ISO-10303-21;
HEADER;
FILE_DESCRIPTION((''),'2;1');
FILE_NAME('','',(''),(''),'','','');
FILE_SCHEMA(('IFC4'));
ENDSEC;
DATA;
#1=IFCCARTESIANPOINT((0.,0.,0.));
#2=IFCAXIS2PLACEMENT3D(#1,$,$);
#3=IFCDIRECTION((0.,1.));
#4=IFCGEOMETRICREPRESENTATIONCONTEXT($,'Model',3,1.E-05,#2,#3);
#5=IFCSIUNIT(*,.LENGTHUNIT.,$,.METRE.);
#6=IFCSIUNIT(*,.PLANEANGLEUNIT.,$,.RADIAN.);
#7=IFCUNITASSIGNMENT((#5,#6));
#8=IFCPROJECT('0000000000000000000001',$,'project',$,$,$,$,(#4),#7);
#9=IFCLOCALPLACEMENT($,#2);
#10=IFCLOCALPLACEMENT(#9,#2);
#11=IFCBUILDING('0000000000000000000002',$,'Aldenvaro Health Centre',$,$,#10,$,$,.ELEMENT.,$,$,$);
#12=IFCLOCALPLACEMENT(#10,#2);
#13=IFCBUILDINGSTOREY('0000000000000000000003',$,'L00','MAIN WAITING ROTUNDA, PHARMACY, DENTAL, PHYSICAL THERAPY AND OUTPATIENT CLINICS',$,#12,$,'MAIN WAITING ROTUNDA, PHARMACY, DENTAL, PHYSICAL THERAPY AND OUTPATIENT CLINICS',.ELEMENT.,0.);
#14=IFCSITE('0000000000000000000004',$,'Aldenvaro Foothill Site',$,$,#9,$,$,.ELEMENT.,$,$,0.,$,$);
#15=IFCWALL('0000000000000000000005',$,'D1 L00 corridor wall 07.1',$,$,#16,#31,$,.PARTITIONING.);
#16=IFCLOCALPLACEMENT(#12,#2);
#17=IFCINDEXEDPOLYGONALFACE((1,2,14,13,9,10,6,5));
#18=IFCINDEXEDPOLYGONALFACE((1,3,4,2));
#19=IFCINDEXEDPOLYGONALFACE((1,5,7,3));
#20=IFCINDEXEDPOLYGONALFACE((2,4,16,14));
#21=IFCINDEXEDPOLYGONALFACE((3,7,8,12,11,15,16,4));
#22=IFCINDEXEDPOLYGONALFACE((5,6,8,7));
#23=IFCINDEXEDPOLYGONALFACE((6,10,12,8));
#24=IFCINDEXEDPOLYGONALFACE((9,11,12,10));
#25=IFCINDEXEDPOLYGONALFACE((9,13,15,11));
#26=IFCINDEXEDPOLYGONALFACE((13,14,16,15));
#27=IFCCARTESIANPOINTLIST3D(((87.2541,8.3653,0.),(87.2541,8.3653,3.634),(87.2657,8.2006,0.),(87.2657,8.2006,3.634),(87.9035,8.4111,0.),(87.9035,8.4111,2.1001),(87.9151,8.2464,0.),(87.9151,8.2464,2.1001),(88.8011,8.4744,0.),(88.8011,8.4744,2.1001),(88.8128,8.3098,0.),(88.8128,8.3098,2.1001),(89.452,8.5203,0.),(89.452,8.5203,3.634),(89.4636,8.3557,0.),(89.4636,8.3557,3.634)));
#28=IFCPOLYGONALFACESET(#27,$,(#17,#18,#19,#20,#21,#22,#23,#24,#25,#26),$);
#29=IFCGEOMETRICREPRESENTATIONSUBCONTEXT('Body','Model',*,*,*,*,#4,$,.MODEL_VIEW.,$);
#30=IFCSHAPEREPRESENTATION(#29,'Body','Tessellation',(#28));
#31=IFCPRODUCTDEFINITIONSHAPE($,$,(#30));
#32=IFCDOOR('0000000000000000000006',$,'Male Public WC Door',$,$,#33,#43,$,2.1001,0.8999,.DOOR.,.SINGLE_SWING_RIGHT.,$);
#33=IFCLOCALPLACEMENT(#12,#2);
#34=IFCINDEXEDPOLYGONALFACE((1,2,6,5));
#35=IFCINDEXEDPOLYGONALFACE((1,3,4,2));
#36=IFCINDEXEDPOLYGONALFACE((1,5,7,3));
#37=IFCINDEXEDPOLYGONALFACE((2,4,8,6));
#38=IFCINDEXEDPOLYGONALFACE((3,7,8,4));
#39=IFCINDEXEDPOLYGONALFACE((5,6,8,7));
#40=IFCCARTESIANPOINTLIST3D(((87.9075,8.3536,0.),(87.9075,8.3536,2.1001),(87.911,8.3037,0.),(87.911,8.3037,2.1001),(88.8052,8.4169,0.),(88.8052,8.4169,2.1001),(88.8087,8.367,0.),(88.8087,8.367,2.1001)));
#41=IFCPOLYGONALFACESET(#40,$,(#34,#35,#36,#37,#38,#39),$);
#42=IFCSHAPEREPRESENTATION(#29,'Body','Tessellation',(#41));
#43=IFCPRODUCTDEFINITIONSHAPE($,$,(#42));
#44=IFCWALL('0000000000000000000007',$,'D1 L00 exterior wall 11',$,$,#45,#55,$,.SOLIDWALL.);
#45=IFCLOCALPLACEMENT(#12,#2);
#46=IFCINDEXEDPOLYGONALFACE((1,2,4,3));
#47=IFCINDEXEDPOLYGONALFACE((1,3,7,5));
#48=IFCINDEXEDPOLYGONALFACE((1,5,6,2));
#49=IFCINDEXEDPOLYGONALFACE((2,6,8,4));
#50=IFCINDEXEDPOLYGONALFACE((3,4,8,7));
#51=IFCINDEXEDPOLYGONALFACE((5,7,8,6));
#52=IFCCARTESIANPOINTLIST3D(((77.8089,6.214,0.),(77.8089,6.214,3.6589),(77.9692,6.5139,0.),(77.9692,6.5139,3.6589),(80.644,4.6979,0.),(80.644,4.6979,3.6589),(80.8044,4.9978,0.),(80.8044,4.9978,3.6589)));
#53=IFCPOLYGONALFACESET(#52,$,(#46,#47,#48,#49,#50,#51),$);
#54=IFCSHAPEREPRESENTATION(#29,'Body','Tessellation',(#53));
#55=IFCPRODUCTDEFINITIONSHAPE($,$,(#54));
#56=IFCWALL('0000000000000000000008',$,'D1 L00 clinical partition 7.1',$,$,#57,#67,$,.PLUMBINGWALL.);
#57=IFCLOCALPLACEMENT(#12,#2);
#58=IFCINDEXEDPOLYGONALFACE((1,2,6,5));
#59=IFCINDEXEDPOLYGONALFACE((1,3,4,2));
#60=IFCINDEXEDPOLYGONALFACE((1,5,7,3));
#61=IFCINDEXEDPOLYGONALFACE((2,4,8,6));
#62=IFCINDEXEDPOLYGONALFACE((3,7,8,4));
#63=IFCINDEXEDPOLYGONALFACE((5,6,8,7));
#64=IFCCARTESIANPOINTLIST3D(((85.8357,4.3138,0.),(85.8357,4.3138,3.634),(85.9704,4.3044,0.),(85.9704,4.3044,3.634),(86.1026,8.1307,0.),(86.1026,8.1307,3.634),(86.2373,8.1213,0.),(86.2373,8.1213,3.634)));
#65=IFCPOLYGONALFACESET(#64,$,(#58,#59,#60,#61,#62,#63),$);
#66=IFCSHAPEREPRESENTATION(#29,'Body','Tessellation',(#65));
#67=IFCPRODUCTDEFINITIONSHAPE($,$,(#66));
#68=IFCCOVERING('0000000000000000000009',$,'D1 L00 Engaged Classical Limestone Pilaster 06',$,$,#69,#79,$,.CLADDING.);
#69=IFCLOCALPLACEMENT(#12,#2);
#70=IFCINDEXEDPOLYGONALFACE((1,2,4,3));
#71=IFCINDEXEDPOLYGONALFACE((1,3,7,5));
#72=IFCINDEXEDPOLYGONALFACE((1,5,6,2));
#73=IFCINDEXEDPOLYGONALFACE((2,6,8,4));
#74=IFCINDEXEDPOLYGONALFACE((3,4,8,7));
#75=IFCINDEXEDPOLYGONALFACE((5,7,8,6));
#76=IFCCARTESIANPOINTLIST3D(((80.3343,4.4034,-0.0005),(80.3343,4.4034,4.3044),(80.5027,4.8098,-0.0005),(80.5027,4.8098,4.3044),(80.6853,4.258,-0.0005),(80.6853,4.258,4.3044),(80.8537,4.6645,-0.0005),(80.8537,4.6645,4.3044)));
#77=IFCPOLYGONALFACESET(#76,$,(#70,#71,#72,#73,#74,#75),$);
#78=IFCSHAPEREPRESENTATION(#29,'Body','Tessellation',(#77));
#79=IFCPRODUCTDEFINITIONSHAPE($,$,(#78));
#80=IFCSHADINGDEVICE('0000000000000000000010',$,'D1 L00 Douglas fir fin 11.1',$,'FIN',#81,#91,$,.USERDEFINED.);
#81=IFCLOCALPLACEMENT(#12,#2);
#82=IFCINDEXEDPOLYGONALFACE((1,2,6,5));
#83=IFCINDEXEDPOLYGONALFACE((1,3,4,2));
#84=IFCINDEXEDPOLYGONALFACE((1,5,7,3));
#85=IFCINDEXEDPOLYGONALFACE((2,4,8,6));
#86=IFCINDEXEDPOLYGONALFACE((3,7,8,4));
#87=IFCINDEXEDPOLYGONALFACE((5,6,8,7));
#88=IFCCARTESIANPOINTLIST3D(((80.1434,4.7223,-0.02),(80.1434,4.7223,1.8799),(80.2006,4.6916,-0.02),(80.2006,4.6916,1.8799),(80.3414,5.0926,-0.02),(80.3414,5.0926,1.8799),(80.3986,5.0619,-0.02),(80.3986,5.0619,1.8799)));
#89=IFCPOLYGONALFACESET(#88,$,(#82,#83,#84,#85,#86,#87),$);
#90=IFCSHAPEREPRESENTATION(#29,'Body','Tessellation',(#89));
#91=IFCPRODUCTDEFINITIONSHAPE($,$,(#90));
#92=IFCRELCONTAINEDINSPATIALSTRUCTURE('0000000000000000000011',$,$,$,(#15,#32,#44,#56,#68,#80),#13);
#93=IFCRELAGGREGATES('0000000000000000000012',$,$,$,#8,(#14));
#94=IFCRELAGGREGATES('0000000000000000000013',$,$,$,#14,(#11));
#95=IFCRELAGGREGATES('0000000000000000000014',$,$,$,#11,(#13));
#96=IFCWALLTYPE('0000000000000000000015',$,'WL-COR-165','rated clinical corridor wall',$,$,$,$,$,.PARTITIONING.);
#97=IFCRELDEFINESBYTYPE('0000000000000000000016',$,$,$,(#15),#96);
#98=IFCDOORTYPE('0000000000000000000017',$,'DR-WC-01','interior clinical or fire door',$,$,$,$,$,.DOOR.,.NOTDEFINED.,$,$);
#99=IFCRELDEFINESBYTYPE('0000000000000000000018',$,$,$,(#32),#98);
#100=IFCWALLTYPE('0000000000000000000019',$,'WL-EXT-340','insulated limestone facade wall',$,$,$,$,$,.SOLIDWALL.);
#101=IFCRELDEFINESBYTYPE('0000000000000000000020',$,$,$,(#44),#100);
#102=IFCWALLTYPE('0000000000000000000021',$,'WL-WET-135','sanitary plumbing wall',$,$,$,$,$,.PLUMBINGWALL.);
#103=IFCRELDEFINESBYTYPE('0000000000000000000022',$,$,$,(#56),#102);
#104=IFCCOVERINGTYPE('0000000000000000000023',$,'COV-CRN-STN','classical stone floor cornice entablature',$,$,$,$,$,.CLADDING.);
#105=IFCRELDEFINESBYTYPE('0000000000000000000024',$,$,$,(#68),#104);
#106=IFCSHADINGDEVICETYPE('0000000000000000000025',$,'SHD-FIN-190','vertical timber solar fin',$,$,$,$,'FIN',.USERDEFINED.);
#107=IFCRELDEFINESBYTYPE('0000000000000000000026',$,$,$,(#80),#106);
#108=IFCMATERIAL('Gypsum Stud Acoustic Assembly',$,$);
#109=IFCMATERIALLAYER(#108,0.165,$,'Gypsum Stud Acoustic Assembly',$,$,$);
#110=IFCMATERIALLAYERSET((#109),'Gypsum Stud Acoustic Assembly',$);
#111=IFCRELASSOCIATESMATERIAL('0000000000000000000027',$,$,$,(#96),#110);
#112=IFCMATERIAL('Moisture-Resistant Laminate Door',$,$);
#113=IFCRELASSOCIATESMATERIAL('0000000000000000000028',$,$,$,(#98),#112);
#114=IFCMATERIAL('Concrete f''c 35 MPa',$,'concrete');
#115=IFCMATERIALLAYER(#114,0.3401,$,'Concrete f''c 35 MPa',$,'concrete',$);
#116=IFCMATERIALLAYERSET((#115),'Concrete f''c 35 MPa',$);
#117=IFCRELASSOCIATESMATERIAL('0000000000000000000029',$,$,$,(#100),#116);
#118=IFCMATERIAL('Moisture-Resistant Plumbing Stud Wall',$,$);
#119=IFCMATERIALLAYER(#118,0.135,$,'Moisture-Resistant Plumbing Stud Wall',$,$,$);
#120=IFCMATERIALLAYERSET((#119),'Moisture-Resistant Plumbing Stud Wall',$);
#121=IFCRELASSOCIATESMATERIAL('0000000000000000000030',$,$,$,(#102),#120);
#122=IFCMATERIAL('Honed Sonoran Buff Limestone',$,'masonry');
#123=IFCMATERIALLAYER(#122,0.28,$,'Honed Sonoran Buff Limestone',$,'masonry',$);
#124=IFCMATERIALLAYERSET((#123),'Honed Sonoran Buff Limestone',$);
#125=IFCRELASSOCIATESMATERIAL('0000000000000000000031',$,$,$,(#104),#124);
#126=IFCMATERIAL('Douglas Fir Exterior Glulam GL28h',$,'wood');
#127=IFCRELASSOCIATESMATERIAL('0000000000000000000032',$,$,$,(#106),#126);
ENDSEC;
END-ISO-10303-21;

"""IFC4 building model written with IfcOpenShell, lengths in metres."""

from ifc_helpers import new_model, si_unit, direction, frame, frame_2d, origin, origin_2d, place, context, subcontext, project, spatial, rectangle, extrude, material, layer, layer_set, type_object, element, fill, save


model = new_model("IFC4")

# Units and contexts
model_context = context("Model", 3, precision=1e-05, world=origin(), true_north=direction((0.0, 1.0)))
body_context = subcontext(model_context, "Body", "Model", "MODEL_VIEW")
ifc_project = project(units=[si_unit("LENGTHUNIT", "METRE"), si_unit("PLANEANGLEUNIT", "RADIAN")], contexts=[model_context])

# Site, building, storey
site_placement = place(None, origin())
site = spatial("IfcSite", under=ifc_project, at=site_placement, Name="Aldenvaro Foothill Site", CompositionType="ELEMENT", RefElevation=0.0)
building_placement = place(site_placement, origin())
building = spatial("IfcBuilding", under=site, at=building_placement, Name="Aldenvaro Health Centre", CompositionType="ELEMENT")
storey_placement = place(building_placement, origin())
storey = spatial("IfcBuildingStorey", under=building, at=storey_placement, Name="L00", Description="MAIN WAITING ROTUNDA, PHARMACY, DENTAL, PHYSICAL THERAPY AND OUTPATIENT CLINICS", LongName="MAIN WAITING ROTUNDA, PHARMACY, DENTAL, PHYSICAL THERAPY AND OUTPATIENT CLINICS", CompositionType="ELEMENT", Elevation=0.0)

# Shared definitions
ifc_material_1 = material(Name="Gypsum Stud Acoustic Assembly")
ifc_layer_1 = layer(ifc_material_1, 0.165, Name="Gypsum Stud Acoustic Assembly")
ifc_layer_set_1 = layer_set([ifc_layer_1], Name="Gypsum Stud Acoustic Assembly")
wall_type_1 = type_object("IfcWallType", Name="WL-COR-165", Description="rated clinical corridor wall", PredefinedType="PARTITIONING", material=ifc_layer_set_1)

# Wall, opening, door
wall_1_placement = place(storey_placement, frame((87.26, 8.283, 0.0), z_axis=(0.0, 0.0, 1.0), x_axis=(0.997522, 0.070357, 0.0)))
wall_1 = element("IfcWall", 1, at=wall_1_placement, inside=storey, type_object=wall_type_1, Name="D1 L00 corridor wall 07.1", PredefinedType="PARTITIONING", context=body_context, shape_type="SweptSolid", body=[
    extrude(rectangle(XDim=2.2034, YDim=0.165, at=frame_2d((1.1016, 0.0))), origin(), (0.0, 0.0, 1.0), 3.634),
])
opening_1_placement = place(wall_1_placement, frame((0.6509, 0.0, 0.0)))
opening_1 = element("IfcOpeningElement", 2, at=opening_1_placement, cuts=wall_1, PredefinedType="OPENING", context=body_context, shape_type="SweptSolid", body=[
    extrude(rectangle(XDim=0.8999, YDim=2.1001, at=frame_2d((0.45, 1.05))), frame((0.0, 0.0925, 0.0), z_axis=(0.0, -1.0, 0.0), x_axis=(1.0, 0.0, 0.0)), (0.0, 0.0, 1.0), 0.1851),
])
ifc_material_2 = material(Name="Moisture-Resistant Laminate Door")
door_type_1 = type_object("IfcDoorType", Name="DR-WC-01", Description="interior clinical or fire door", OperationType="NOTDEFINED", PredefinedType="DOOR", material=ifc_material_2)
door_1_placement = place(opening_1_placement, origin())
door_1 = element("IfcDoor", 3, at=door_1_placement, inside=storey, type_object=door_type_1, Name="Male Public WC Door", OperationType="SINGLE_SWING_RIGHT", OverallHeight=2.1001, OverallWidth=0.8999, PredefinedType="DOOR", context=body_context, shape_type="SweptSolid", body=[
    extrude(rectangle(XDim=0.8999, YDim=2.1001, at=frame_2d((0.45, 1.05))), frame((0.0, 0.0249, 0.0), z_axis=(0.0, -1.0, 0.0), x_axis=(1.0, 0.0, 0.0)), (0.0, 0.0, 1.0), 0.05),
])
fill(opening_1, door_1)

# Walls
ifc_material_3 = material(Name="Concrete f'c 35 MPa", Category="concrete")
ifc_layer_2 = layer(ifc_material_3, 0.3401, Name="Concrete f'c 35 MPa", Category="concrete")
ifc_layer_set_2 = layer_set([ifc_layer_2], Name="Concrete f'c 35 MPa")
wall_type_2 = type_object("IfcWallType", Name="WL-EXT-340", Description="insulated limestone facade wall", PredefinedType="SOLIDWALL", material=ifc_layer_set_2)
wall_2_placement = place(storey_placement, frame((80.7241, 4.8479, 0.0), z_axis=(0.0, 0.0, 1.0), x_axis=(-0.881835, 0.471558, 0.0)))
element("IfcWall", 4, at=wall_2_placement, inside=storey, type_object=wall_type_2, Name="D1 L00 exterior wall 11", PredefinedType="SOLIDWALL", context=body_context, shape_type="SweptSolid", body=[
    extrude(rectangle(XDim=3.2151, YDim=0.3401, at=frame_2d((1.6074, 0.0))), origin(), (0.0, 0.0, 1.0), 3.6589),
])
ifc_material_4 = material(Name="Moisture-Resistant Plumbing Stud Wall")
ifc_layer_3 = layer(ifc_material_4, 0.135, Name="Moisture-Resistant Plumbing Stud Wall")
ifc_layer_set_3 = layer_set([ifc_layer_3], Name="Moisture-Resistant Plumbing Stud Wall")
wall_type_3 = type_object("IfcWallType", Name="WL-WET-135", Description="sanitary plumbing wall", PredefinedType="PLUMBINGWALL", material=ifc_layer_set_3)
wall_3_placement = place(storey_placement, frame((86.1699, 8.126, 0.0), z_axis=(0.0, 0.0, 1.0), x_axis=(-0.069742, -0.997565, 0.0)))
element("IfcWall", 5, at=wall_3_placement, inside=storey, type_object=wall_type_3, Name="D1 L00 clinical partition 7.1", PredefinedType="PLUMBINGWALL", context=body_context, shape_type="SweptSolid", body=[
    extrude(rectangle(XDim=3.8262, YDim=0.135, at=frame_2d((1.9131, 0.0))), origin(), (0.0, 0.0, 1.0), 3.634),
])

# Covering
ifc_material_5 = material(Name="Honed Sonoran Buff Limestone", Category="masonry")
ifc_layer_4 = layer(ifc_material_5, 0.28, Name="Honed Sonoran Buff Limestone", Category="masonry")
ifc_layer_set_4 = layer_set([ifc_layer_4], Name="Honed Sonoran Buff Limestone")
covering_type = type_object("IfcCoveringType", Name="COV-CRN-STN", Description="classical stone floor cornice entablature", PredefinedType="CLADDING", material=ifc_layer_set_4)
covering_placement = place(storey_placement, frame((80.594, 4.5339, -0.0005), z_axis=(0.0, 0.0, 1.0), x_axis=(-0.382675, -0.923883, 0.0)))
element("IfcCovering", 6, at=covering_placement, inside=storey, type_object=covering_type, Name="D1 L00 Engaged Classical Limestone Pilaster 06", PredefinedType="CLADDING", context=body_context, shape_type="SweptSolid", body=[
    extrude(rectangle(XDim=0.4399, YDim=0.3799, at=origin_2d()), origin(), (0.0, 0.0, 1.0), 4.3049),
])

# Shading device
ifc_material_6 = material(Name="Douglas Fir Exterior Glulam GL28h", Category="wood")
shading_device_type = type_object("IfcShadingDeviceType", Name="SHD-FIN-190", Description="vertical timber solar fin", ElementType="FIN", PredefinedType="USERDEFINED", material=ifc_material_6)
shading_device_placement = place(storey_placement, frame((80.271, 4.8921, -0.02), z_axis=(0.0, 0.0, 1.0), x_axis=(-0.881836, 0.471557, 0.0)))
element("IfcShadingDevice", 7, at=shading_device_placement, inside=storey, type_object=shading_device_type, Name="D1 L00 Douglas fir fin 11.1", ObjectType="FIN", PredefinedType="USERDEFINED", context=body_context, shape_type="SweptSolid", body=[
    extrude(rectangle(XDim=0.0649, YDim=0.4199, at=origin_2d()), origin(), (0.0, 0.0, 1.0), 1.8999),
])

save(model, "model.ifc")
